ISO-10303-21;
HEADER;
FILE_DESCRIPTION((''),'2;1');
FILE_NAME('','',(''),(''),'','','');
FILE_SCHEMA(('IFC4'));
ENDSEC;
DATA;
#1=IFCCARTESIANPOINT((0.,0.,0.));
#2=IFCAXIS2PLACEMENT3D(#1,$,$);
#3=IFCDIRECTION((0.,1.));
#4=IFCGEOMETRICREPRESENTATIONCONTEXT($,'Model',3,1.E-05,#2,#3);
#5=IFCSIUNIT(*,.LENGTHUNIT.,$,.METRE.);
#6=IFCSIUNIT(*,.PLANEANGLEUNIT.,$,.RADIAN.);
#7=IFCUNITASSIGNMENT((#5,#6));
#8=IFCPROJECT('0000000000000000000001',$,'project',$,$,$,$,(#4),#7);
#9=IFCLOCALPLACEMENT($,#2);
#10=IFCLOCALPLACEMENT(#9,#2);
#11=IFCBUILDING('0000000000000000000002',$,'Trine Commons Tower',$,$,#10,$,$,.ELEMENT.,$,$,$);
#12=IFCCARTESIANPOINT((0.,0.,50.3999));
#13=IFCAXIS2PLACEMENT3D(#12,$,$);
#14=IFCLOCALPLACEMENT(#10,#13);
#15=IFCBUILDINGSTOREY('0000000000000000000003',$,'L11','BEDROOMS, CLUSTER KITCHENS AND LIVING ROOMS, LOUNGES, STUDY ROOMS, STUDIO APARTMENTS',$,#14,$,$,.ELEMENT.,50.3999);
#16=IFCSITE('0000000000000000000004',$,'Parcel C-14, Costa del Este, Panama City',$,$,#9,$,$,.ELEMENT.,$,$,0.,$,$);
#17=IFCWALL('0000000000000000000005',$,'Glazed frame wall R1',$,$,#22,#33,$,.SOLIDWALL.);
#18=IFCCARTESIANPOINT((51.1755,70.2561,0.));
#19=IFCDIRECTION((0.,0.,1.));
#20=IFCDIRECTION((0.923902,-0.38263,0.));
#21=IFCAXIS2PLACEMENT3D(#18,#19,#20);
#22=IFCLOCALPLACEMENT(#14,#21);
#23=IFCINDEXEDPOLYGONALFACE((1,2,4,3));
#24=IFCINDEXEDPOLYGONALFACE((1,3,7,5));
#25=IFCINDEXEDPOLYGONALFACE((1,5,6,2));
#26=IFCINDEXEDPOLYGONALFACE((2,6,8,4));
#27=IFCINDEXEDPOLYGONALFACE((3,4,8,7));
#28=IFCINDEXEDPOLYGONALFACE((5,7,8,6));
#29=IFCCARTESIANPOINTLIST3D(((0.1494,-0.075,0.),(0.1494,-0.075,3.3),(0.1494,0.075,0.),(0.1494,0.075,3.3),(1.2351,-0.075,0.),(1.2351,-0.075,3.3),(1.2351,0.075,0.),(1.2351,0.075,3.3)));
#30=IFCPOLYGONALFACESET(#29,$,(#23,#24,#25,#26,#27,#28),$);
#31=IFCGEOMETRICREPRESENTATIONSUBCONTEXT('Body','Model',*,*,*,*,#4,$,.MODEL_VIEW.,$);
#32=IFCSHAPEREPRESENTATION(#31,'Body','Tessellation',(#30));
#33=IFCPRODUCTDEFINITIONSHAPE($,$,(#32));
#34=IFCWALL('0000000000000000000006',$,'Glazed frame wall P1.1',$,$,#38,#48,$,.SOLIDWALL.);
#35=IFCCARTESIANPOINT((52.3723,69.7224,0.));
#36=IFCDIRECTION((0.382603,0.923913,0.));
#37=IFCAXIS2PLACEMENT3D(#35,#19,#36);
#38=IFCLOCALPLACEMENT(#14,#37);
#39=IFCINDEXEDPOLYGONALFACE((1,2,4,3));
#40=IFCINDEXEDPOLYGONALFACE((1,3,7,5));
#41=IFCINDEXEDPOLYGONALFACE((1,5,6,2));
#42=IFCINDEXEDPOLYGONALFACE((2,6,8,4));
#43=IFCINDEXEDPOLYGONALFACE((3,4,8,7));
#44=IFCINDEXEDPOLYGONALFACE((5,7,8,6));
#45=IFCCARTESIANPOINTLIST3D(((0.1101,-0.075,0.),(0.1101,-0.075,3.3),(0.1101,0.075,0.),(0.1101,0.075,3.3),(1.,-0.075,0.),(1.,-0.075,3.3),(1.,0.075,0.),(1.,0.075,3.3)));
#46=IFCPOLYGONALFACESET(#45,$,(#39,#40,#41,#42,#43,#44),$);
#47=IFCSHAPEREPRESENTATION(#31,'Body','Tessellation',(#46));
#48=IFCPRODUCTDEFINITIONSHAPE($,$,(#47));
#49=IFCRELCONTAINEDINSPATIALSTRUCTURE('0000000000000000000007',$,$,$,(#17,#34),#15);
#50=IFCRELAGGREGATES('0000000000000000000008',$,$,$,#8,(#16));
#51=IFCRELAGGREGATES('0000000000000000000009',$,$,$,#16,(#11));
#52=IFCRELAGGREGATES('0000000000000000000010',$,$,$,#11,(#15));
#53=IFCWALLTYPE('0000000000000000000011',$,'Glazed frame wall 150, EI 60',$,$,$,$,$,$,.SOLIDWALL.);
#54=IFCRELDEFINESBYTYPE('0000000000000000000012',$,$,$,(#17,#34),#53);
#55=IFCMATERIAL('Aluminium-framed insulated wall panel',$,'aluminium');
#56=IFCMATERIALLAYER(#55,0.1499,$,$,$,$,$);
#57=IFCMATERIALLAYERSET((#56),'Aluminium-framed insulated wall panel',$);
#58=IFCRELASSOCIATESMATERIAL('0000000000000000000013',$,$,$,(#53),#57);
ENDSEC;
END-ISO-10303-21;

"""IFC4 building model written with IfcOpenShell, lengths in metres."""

from ifc_helpers import new_model, si_unit, direction, frame, origin, place, context, subcontext, project, spatial, polyline, outline, extrude, material, layer, layer_set, type_object, element, save


model = new_model("IFC4")

# Units and contexts
model_context = context("Model", 3, precision=1e-05, world=origin(), true_north=direction((0.0, 1.0)))
body_context = subcontext(model_context, "Body", "Model", "MODEL_VIEW")
ifc_project = project(units=[si_unit("LENGTHUNIT", "METRE"), si_unit("PLANEANGLEUNIT", "RADIAN")], contexts=[model_context])

# Site, building, storey
site_placement = place(None, origin())
site = spatial("IfcSite", under=ifc_project, at=site_placement, Name="Parcel C-14, Costa del Este, Panama City", CompositionType="ELEMENT", RefElevation=0.0)
building_placement = place(site_placement, origin())
building = spatial("IfcBuilding", under=site, at=building_placement, Name="Trine Commons Tower", CompositionType="ELEMENT")
storey_placement = place(building_placement, frame((0.0, 0.0, 50.3999)))
storey = spatial("IfcBuildingStorey", under=building, at=storey_placement, Name="L11", Description="BEDROOMS, CLUSTER KITCHENS AND LIVING ROOMS, LOUNGES, STUDY ROOMS, STUDIO APARTMENTS", CompositionType="ELEMENT", Elevation=50.3999)

# Walls
ifc_material_1 = material(Name="Aluminium-framed insulated wall panel", Category="aluminium")
ifc_layer_1 = layer(ifc_material_1, 0.1499)
ifc_layer_set_1 = layer_set([ifc_layer_1], Name="Aluminium-framed insulated wall panel")
wall_type_1 = type_object("IfcWallType", Name="Glazed frame wall 150, EI 60", PredefinedType="SOLIDWALL", material=ifc_layer_set_1)
wall_1_placement = place(storey_placement, frame((51.1755, 70.2561, 0.0), z_axis=(0.0, 0.0, 1.0), x_axis=(0.923902, -0.38263, 0.0)))
element("IfcWall", 1, at=wall_1_placement, inside=storey, type_object=wall_type_1, Name="Glazed frame wall R1", PredefinedType="SOLIDWALL", context=body_context, shape_type="SweptSolid", body=[
    extrude(outline(polyline([(0.1494, 0.075), (0.1494, -0.075), (1.2351, -0.075), (1.2351, 0.075), (0.1494, 0.075)])), origin(), (0.0, 0.0, 1.0), 3.3),
])
wall_2_placement = place(storey_placement, frame((52.3723, 69.7224, 0.0), z_axis=(0.0, 0.0, 1.0), x_axis=(0.382603, 0.923913, 0.0)))
element("IfcWall", 2, at=wall_2_placement, inside=storey, type_object=wall_type_1, Name="Glazed frame wall P1.1", PredefinedType="SOLIDWALL", context=body_context, shape_type="SweptSolid", body=[
    extrude(outline(polyline([(0.1101, -0.075), (1.0, -0.075), (1.0, 0.075), (0.1101, 0.075), (0.1101, -0.075)])), origin(), (0.0, 0.0, 1.0), 3.3),
])

save(model, "model.ifc")
